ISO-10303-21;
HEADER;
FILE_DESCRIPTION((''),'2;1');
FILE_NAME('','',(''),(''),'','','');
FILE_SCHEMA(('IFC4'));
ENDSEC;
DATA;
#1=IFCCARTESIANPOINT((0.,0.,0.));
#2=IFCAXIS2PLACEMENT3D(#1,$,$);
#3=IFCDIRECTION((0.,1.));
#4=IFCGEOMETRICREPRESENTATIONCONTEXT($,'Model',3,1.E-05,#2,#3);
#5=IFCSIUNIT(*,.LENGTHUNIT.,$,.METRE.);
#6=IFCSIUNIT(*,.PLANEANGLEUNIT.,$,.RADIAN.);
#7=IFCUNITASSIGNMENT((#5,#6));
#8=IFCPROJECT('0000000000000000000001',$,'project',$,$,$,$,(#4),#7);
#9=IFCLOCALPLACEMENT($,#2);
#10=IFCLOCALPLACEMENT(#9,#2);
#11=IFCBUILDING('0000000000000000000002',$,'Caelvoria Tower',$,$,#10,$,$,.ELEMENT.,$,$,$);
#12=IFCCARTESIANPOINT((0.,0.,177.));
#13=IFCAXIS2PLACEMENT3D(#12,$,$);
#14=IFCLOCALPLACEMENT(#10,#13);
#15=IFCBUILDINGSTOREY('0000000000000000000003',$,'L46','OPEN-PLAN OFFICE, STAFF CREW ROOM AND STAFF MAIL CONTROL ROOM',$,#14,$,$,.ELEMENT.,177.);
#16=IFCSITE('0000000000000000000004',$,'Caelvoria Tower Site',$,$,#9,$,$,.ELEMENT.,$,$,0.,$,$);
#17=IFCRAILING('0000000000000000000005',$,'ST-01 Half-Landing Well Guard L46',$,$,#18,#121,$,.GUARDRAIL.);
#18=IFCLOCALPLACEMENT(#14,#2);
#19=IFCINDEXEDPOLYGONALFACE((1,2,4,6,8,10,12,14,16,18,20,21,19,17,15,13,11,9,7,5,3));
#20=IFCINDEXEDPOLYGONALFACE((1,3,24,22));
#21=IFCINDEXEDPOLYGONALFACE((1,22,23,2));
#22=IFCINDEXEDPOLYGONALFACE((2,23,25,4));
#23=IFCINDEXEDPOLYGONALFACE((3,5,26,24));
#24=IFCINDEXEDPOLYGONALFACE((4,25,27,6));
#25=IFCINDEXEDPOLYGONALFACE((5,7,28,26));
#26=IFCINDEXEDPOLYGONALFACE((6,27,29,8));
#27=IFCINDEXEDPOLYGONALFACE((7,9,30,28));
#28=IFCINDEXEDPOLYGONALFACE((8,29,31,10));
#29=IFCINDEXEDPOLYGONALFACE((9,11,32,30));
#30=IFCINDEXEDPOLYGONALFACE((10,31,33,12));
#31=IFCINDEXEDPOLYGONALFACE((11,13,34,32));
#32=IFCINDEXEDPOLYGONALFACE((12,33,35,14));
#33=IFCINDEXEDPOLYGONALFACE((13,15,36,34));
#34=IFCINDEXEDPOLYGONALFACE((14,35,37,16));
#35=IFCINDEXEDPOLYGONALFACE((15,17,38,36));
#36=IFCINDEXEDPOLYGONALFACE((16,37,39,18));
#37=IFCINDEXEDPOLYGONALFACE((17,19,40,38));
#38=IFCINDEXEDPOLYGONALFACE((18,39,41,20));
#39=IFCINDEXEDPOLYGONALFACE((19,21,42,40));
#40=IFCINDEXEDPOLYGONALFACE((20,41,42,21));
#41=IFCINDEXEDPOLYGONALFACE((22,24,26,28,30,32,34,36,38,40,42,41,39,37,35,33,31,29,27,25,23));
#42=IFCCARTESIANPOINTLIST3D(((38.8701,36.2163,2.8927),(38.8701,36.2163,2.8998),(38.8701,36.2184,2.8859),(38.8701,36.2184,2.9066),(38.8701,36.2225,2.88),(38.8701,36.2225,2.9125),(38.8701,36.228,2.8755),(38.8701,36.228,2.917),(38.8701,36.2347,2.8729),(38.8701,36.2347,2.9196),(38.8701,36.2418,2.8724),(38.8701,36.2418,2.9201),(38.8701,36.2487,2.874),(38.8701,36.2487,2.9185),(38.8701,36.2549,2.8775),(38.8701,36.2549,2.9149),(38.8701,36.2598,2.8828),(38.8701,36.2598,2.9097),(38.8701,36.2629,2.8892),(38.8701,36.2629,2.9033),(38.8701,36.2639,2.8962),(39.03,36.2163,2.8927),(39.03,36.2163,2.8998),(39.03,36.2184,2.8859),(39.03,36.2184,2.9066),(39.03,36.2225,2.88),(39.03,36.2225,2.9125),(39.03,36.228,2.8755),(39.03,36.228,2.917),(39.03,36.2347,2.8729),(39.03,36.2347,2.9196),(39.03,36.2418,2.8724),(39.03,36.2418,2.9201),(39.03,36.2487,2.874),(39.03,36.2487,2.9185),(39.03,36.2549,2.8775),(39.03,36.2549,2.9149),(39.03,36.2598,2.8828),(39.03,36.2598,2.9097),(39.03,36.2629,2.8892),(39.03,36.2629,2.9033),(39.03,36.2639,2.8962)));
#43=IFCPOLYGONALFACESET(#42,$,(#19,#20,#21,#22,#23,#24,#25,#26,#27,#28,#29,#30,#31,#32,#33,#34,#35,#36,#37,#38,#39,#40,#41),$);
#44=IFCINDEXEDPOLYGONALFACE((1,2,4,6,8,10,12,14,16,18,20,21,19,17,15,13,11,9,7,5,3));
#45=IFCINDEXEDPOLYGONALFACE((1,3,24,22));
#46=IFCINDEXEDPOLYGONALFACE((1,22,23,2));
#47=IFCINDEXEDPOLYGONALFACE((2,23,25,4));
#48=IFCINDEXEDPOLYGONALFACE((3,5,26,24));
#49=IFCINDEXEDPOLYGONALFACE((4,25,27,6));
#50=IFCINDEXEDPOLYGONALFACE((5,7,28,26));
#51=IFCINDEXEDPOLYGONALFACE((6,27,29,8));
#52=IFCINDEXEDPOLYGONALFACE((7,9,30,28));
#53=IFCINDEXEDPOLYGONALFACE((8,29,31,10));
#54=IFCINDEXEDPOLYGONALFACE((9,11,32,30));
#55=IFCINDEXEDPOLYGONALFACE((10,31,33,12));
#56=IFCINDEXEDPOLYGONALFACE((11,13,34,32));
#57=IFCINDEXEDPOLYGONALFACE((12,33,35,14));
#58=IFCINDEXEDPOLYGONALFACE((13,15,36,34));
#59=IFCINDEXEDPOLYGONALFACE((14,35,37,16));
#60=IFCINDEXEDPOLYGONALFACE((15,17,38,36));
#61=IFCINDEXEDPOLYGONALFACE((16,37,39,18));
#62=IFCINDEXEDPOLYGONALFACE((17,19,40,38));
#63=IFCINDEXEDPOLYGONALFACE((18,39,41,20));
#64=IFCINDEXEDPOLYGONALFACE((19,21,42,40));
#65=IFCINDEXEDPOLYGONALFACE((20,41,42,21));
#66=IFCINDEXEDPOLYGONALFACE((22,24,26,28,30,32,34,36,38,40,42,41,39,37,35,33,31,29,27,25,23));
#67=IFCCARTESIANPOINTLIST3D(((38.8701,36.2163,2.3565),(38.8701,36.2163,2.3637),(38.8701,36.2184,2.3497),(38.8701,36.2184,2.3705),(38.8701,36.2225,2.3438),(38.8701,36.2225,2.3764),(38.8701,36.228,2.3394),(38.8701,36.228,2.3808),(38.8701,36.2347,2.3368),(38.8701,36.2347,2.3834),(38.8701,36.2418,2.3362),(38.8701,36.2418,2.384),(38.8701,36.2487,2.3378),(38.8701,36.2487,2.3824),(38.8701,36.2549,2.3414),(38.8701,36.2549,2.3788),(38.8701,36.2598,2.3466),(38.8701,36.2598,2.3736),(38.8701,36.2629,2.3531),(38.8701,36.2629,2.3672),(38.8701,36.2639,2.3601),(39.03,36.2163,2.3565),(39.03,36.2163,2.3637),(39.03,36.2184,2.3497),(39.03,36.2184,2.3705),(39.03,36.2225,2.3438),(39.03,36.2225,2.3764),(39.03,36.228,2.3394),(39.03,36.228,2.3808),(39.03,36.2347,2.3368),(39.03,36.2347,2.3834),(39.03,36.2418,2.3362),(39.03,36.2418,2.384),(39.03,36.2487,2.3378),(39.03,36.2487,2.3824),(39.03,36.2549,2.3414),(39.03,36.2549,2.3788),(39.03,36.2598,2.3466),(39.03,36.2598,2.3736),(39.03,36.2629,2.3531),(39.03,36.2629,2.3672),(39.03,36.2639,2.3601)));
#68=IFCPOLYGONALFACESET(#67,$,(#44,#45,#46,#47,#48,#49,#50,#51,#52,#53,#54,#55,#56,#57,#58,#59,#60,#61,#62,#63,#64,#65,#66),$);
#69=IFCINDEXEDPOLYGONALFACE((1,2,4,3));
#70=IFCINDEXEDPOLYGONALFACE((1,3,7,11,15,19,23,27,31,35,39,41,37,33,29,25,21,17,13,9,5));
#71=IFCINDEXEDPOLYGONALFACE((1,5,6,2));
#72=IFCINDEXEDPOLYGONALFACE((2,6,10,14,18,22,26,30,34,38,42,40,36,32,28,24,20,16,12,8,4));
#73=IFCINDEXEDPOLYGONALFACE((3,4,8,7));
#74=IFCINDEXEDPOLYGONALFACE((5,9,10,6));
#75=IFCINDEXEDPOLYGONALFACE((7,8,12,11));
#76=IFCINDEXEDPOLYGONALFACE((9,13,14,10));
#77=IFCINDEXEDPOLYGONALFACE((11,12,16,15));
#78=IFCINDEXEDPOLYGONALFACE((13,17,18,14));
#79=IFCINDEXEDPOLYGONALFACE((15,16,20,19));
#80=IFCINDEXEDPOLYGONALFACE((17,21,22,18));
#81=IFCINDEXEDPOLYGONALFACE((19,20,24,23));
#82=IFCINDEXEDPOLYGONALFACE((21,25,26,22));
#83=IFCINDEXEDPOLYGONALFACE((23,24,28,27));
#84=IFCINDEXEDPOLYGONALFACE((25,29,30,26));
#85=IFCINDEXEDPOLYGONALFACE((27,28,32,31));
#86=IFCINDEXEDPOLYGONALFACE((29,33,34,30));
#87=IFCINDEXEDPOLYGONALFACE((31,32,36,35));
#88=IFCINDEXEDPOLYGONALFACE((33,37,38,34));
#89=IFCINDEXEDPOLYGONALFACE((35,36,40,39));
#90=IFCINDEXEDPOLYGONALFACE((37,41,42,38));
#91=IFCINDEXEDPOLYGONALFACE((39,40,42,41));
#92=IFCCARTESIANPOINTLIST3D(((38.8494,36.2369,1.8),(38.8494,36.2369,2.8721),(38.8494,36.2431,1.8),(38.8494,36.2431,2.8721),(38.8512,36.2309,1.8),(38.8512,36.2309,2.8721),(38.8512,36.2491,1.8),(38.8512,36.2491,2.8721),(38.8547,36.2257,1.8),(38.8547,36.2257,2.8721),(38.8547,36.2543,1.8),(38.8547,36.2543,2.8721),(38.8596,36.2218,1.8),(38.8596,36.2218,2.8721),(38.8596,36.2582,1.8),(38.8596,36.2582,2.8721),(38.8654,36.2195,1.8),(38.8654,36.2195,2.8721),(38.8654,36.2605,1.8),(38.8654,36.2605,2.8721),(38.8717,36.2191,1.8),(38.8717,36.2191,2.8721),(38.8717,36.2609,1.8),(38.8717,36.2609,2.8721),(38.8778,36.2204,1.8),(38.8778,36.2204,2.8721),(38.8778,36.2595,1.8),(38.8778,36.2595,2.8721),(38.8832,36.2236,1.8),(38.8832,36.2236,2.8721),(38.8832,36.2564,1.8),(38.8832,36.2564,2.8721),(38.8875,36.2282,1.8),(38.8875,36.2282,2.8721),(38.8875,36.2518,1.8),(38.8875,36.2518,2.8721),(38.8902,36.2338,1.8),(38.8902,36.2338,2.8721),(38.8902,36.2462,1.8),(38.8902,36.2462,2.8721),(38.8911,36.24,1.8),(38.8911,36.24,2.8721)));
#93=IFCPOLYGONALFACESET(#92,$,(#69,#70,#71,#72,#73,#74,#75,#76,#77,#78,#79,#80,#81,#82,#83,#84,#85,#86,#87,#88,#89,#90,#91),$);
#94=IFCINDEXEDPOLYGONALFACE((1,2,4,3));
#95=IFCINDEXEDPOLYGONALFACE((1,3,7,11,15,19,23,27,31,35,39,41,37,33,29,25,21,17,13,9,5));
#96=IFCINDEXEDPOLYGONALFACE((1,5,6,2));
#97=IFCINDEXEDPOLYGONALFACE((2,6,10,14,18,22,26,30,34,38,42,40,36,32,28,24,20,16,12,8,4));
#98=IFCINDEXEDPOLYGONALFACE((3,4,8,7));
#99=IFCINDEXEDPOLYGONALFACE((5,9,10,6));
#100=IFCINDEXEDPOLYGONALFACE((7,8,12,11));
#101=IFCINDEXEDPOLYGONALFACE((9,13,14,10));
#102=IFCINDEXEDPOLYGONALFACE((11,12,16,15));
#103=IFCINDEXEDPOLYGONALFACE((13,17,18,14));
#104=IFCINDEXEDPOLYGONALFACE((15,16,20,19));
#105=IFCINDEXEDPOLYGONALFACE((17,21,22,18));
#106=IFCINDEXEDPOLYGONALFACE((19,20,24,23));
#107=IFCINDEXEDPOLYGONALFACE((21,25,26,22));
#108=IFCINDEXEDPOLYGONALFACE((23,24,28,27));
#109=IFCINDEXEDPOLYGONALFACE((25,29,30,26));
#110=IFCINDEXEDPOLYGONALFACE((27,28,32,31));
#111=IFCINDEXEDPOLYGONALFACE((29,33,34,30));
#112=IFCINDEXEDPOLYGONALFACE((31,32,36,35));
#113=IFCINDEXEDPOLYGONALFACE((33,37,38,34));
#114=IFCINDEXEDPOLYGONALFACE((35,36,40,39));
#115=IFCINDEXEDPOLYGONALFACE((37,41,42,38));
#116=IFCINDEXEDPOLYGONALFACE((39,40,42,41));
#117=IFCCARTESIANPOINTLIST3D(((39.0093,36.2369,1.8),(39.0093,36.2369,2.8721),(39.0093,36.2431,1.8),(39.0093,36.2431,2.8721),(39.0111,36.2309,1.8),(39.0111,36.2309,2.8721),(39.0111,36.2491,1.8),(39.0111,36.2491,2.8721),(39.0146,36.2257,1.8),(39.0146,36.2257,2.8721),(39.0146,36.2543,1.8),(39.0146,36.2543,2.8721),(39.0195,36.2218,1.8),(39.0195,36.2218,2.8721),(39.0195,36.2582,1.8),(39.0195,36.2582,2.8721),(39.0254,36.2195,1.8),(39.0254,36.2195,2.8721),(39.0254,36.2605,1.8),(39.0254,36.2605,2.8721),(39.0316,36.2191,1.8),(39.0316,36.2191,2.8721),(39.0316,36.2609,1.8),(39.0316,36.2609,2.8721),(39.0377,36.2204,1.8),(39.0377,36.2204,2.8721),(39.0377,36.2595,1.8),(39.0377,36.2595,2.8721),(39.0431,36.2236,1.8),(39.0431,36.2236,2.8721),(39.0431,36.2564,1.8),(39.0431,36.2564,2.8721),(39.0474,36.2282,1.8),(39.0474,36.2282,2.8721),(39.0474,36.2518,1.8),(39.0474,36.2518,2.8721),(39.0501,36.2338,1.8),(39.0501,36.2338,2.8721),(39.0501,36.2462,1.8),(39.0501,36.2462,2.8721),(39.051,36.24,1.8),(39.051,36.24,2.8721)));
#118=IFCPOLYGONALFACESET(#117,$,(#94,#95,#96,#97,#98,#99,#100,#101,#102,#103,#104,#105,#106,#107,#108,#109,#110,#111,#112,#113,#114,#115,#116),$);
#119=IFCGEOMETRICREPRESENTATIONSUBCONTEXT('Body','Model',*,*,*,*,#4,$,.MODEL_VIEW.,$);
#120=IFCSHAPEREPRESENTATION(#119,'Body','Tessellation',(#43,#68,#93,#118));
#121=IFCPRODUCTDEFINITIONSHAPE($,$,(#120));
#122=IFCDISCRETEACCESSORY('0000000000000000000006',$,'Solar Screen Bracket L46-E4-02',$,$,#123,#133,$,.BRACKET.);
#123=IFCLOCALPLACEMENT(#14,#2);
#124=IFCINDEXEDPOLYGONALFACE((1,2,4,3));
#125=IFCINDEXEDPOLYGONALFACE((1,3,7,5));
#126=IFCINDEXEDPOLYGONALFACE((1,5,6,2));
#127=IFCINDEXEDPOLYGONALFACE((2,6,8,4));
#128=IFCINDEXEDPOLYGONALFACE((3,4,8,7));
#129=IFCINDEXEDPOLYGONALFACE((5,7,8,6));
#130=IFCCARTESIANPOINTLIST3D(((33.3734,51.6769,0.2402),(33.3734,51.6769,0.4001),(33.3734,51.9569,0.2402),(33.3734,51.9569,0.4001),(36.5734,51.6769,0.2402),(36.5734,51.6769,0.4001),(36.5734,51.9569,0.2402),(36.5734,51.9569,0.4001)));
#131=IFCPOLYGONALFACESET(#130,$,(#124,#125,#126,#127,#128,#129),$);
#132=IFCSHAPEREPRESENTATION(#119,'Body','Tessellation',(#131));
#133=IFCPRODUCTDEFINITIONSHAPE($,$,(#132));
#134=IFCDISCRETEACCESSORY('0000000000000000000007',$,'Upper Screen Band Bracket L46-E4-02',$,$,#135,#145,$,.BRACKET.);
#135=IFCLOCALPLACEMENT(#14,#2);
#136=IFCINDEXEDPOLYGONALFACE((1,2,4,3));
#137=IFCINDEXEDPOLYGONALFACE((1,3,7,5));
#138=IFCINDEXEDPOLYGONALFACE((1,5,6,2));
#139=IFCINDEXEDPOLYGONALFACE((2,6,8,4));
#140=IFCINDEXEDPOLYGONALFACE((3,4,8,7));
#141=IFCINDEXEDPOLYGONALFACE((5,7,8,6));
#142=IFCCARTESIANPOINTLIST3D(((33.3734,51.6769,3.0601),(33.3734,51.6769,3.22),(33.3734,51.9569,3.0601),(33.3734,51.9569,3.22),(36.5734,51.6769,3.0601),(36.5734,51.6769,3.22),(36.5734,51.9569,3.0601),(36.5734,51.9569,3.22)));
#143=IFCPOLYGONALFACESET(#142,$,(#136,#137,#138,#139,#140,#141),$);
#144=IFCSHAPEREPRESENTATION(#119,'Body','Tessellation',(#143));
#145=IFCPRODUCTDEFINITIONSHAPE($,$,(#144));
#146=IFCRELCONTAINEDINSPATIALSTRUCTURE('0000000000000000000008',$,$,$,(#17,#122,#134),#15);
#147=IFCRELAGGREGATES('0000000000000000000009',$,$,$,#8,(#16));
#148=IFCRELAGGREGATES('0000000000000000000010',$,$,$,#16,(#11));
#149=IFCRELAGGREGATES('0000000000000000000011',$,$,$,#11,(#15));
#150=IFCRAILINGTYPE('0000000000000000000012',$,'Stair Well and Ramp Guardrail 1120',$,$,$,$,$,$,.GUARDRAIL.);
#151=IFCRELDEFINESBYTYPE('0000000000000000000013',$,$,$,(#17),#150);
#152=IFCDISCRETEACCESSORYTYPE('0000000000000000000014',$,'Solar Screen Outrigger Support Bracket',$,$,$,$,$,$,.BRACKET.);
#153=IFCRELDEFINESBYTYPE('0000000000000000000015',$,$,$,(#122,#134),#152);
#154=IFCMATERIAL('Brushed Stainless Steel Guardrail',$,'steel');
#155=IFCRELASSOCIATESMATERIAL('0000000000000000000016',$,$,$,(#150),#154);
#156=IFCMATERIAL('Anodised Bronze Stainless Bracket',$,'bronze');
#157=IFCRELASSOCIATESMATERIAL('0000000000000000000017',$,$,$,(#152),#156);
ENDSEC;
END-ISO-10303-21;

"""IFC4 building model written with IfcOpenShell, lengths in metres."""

from ifc_helpers import new_model, si_unit, direction, frame, origin, origin_2d, place, context, subcontext, project, spatial, rectangle, circle, extrude, material, type_object, element, save


model = new_model("IFC4")

# Units and contexts
model_context = context("Model", 3, precision=1e-05, world=origin(), true_north=direction((0.0, 1.0)))
body_context = subcontext(model_context, "Body", "Model", "MODEL_VIEW")
ifc_project = project(units=[si_unit("LENGTHUNIT", "METRE"), si_unit("PLANEANGLEUNIT", "RADIAN")], contexts=[model_context])

# Site, building, storey
site_placement = place(None, origin())
site = spatial("IfcSite", under=ifc_project, at=site_placement, Name="Caelvoria Tower Site", CompositionType="ELEMENT", RefElevation=0.0)
building_placement = place(site_placement, origin())
building = spatial("IfcBuilding", under=site, at=building_placement, Name="Caelvoria Tower", CompositionType="ELEMENT")
storey_placement = place(building_placement, frame((0.0, 0.0, 177.0)))
storey = spatial("IfcBuildingStorey", under=building, at=storey_placement, Name="L46", Description="OPEN-PLAN OFFICE, STAFF CREW ROOM AND STAFF MAIL CONTROL ROOM", CompositionType="ELEMENT", Elevation=177.0)

# Railing
ifc_material_1 = material(Name="Brushed Stainless Steel Guardrail", Category="steel")
railing_type_1 = type_object("IfcRailingType", Name="Stair Well and Ramp Guardrail 1120", PredefinedType="GUARDRAIL", material=ifc_material_1)
railing_1_placement = place(storey_placement, frame((38.8701, 36.24, 1.8)))
element("IfcRailing", 1, at=railing_1_placement, inside=storey, type_object=railing_type_1, Name="ST-01 Half-Landing Well Guard L46", PredefinedType="GUARDRAIL", context=body_context, shape_type="SweptSolid", body=[
    extrude(circle(Radius=0.0239, at=origin_2d()), frame((0.0, 0.0, 1.0962), z_axis=(1.0, 0.0, 0.0), x_axis=(0.0, 1.0, 0.0)), (0.0, 0.0, 1.0), 0.1599),
    extrude(circle(Radius=0.0239, at=origin_2d()), frame((0.0, 0.0, 0.5601), z_axis=(1.0, 0.0, 0.0), x_axis=(0.0, 1.0, 0.0)), (0.0, 0.0, 1.0), 0.1599),
    extrude(circle(Radius=0.021, at=origin_2d()), origin(), (0.0, 0.0, 1.0), 1.072),
    extrude(circle(Radius=0.021, at=origin_2d()), frame((0.1599, 0.0, 0.0)), (0.0, 0.0, 1.0), 1.072),
])

# Discrete accessories
ifc_material_2 = material(Name="Anodised Bronze Stainless Bracket", Category="bronze")
discrete_accessory_type = type_object("IfcDiscreteAccessoryType", Name="Solar Screen Outrigger Support Bracket", PredefinedType="BRACKET", material=ifc_material_2)
for number, where, z_axis, x_axis, name in (
    (2, (34.9734, 51.8169, 0.2402), (0.0, 0.0, 1.0), (-1.0, 0.0, 0.0), "Solar Screen Bracket L46-E4-02"),
    (3, (34.9734, 51.8169, 3.0601), (0.0, 0.0, 1.0), (-1.0, 0.0, 0.0), "Upper Screen Band Bracket L46-E4-02"),
):
    element("IfcDiscreteAccessory", number, at=place(storey_placement, frame(where, z_axis=z_axis, x_axis=x_axis)), inside=storey, type_object=discrete_accessory_type, Name=name, PredefinedType="BRACKET", context=body_context, shape_type="SweptSolid", body=[
        extrude(rectangle(XDim=3.2, YDim=0.28, at=origin_2d()), origin(), (0.0, 0.0, 1.0), 0.1599),
    ])

save(model, "model.ifc")
